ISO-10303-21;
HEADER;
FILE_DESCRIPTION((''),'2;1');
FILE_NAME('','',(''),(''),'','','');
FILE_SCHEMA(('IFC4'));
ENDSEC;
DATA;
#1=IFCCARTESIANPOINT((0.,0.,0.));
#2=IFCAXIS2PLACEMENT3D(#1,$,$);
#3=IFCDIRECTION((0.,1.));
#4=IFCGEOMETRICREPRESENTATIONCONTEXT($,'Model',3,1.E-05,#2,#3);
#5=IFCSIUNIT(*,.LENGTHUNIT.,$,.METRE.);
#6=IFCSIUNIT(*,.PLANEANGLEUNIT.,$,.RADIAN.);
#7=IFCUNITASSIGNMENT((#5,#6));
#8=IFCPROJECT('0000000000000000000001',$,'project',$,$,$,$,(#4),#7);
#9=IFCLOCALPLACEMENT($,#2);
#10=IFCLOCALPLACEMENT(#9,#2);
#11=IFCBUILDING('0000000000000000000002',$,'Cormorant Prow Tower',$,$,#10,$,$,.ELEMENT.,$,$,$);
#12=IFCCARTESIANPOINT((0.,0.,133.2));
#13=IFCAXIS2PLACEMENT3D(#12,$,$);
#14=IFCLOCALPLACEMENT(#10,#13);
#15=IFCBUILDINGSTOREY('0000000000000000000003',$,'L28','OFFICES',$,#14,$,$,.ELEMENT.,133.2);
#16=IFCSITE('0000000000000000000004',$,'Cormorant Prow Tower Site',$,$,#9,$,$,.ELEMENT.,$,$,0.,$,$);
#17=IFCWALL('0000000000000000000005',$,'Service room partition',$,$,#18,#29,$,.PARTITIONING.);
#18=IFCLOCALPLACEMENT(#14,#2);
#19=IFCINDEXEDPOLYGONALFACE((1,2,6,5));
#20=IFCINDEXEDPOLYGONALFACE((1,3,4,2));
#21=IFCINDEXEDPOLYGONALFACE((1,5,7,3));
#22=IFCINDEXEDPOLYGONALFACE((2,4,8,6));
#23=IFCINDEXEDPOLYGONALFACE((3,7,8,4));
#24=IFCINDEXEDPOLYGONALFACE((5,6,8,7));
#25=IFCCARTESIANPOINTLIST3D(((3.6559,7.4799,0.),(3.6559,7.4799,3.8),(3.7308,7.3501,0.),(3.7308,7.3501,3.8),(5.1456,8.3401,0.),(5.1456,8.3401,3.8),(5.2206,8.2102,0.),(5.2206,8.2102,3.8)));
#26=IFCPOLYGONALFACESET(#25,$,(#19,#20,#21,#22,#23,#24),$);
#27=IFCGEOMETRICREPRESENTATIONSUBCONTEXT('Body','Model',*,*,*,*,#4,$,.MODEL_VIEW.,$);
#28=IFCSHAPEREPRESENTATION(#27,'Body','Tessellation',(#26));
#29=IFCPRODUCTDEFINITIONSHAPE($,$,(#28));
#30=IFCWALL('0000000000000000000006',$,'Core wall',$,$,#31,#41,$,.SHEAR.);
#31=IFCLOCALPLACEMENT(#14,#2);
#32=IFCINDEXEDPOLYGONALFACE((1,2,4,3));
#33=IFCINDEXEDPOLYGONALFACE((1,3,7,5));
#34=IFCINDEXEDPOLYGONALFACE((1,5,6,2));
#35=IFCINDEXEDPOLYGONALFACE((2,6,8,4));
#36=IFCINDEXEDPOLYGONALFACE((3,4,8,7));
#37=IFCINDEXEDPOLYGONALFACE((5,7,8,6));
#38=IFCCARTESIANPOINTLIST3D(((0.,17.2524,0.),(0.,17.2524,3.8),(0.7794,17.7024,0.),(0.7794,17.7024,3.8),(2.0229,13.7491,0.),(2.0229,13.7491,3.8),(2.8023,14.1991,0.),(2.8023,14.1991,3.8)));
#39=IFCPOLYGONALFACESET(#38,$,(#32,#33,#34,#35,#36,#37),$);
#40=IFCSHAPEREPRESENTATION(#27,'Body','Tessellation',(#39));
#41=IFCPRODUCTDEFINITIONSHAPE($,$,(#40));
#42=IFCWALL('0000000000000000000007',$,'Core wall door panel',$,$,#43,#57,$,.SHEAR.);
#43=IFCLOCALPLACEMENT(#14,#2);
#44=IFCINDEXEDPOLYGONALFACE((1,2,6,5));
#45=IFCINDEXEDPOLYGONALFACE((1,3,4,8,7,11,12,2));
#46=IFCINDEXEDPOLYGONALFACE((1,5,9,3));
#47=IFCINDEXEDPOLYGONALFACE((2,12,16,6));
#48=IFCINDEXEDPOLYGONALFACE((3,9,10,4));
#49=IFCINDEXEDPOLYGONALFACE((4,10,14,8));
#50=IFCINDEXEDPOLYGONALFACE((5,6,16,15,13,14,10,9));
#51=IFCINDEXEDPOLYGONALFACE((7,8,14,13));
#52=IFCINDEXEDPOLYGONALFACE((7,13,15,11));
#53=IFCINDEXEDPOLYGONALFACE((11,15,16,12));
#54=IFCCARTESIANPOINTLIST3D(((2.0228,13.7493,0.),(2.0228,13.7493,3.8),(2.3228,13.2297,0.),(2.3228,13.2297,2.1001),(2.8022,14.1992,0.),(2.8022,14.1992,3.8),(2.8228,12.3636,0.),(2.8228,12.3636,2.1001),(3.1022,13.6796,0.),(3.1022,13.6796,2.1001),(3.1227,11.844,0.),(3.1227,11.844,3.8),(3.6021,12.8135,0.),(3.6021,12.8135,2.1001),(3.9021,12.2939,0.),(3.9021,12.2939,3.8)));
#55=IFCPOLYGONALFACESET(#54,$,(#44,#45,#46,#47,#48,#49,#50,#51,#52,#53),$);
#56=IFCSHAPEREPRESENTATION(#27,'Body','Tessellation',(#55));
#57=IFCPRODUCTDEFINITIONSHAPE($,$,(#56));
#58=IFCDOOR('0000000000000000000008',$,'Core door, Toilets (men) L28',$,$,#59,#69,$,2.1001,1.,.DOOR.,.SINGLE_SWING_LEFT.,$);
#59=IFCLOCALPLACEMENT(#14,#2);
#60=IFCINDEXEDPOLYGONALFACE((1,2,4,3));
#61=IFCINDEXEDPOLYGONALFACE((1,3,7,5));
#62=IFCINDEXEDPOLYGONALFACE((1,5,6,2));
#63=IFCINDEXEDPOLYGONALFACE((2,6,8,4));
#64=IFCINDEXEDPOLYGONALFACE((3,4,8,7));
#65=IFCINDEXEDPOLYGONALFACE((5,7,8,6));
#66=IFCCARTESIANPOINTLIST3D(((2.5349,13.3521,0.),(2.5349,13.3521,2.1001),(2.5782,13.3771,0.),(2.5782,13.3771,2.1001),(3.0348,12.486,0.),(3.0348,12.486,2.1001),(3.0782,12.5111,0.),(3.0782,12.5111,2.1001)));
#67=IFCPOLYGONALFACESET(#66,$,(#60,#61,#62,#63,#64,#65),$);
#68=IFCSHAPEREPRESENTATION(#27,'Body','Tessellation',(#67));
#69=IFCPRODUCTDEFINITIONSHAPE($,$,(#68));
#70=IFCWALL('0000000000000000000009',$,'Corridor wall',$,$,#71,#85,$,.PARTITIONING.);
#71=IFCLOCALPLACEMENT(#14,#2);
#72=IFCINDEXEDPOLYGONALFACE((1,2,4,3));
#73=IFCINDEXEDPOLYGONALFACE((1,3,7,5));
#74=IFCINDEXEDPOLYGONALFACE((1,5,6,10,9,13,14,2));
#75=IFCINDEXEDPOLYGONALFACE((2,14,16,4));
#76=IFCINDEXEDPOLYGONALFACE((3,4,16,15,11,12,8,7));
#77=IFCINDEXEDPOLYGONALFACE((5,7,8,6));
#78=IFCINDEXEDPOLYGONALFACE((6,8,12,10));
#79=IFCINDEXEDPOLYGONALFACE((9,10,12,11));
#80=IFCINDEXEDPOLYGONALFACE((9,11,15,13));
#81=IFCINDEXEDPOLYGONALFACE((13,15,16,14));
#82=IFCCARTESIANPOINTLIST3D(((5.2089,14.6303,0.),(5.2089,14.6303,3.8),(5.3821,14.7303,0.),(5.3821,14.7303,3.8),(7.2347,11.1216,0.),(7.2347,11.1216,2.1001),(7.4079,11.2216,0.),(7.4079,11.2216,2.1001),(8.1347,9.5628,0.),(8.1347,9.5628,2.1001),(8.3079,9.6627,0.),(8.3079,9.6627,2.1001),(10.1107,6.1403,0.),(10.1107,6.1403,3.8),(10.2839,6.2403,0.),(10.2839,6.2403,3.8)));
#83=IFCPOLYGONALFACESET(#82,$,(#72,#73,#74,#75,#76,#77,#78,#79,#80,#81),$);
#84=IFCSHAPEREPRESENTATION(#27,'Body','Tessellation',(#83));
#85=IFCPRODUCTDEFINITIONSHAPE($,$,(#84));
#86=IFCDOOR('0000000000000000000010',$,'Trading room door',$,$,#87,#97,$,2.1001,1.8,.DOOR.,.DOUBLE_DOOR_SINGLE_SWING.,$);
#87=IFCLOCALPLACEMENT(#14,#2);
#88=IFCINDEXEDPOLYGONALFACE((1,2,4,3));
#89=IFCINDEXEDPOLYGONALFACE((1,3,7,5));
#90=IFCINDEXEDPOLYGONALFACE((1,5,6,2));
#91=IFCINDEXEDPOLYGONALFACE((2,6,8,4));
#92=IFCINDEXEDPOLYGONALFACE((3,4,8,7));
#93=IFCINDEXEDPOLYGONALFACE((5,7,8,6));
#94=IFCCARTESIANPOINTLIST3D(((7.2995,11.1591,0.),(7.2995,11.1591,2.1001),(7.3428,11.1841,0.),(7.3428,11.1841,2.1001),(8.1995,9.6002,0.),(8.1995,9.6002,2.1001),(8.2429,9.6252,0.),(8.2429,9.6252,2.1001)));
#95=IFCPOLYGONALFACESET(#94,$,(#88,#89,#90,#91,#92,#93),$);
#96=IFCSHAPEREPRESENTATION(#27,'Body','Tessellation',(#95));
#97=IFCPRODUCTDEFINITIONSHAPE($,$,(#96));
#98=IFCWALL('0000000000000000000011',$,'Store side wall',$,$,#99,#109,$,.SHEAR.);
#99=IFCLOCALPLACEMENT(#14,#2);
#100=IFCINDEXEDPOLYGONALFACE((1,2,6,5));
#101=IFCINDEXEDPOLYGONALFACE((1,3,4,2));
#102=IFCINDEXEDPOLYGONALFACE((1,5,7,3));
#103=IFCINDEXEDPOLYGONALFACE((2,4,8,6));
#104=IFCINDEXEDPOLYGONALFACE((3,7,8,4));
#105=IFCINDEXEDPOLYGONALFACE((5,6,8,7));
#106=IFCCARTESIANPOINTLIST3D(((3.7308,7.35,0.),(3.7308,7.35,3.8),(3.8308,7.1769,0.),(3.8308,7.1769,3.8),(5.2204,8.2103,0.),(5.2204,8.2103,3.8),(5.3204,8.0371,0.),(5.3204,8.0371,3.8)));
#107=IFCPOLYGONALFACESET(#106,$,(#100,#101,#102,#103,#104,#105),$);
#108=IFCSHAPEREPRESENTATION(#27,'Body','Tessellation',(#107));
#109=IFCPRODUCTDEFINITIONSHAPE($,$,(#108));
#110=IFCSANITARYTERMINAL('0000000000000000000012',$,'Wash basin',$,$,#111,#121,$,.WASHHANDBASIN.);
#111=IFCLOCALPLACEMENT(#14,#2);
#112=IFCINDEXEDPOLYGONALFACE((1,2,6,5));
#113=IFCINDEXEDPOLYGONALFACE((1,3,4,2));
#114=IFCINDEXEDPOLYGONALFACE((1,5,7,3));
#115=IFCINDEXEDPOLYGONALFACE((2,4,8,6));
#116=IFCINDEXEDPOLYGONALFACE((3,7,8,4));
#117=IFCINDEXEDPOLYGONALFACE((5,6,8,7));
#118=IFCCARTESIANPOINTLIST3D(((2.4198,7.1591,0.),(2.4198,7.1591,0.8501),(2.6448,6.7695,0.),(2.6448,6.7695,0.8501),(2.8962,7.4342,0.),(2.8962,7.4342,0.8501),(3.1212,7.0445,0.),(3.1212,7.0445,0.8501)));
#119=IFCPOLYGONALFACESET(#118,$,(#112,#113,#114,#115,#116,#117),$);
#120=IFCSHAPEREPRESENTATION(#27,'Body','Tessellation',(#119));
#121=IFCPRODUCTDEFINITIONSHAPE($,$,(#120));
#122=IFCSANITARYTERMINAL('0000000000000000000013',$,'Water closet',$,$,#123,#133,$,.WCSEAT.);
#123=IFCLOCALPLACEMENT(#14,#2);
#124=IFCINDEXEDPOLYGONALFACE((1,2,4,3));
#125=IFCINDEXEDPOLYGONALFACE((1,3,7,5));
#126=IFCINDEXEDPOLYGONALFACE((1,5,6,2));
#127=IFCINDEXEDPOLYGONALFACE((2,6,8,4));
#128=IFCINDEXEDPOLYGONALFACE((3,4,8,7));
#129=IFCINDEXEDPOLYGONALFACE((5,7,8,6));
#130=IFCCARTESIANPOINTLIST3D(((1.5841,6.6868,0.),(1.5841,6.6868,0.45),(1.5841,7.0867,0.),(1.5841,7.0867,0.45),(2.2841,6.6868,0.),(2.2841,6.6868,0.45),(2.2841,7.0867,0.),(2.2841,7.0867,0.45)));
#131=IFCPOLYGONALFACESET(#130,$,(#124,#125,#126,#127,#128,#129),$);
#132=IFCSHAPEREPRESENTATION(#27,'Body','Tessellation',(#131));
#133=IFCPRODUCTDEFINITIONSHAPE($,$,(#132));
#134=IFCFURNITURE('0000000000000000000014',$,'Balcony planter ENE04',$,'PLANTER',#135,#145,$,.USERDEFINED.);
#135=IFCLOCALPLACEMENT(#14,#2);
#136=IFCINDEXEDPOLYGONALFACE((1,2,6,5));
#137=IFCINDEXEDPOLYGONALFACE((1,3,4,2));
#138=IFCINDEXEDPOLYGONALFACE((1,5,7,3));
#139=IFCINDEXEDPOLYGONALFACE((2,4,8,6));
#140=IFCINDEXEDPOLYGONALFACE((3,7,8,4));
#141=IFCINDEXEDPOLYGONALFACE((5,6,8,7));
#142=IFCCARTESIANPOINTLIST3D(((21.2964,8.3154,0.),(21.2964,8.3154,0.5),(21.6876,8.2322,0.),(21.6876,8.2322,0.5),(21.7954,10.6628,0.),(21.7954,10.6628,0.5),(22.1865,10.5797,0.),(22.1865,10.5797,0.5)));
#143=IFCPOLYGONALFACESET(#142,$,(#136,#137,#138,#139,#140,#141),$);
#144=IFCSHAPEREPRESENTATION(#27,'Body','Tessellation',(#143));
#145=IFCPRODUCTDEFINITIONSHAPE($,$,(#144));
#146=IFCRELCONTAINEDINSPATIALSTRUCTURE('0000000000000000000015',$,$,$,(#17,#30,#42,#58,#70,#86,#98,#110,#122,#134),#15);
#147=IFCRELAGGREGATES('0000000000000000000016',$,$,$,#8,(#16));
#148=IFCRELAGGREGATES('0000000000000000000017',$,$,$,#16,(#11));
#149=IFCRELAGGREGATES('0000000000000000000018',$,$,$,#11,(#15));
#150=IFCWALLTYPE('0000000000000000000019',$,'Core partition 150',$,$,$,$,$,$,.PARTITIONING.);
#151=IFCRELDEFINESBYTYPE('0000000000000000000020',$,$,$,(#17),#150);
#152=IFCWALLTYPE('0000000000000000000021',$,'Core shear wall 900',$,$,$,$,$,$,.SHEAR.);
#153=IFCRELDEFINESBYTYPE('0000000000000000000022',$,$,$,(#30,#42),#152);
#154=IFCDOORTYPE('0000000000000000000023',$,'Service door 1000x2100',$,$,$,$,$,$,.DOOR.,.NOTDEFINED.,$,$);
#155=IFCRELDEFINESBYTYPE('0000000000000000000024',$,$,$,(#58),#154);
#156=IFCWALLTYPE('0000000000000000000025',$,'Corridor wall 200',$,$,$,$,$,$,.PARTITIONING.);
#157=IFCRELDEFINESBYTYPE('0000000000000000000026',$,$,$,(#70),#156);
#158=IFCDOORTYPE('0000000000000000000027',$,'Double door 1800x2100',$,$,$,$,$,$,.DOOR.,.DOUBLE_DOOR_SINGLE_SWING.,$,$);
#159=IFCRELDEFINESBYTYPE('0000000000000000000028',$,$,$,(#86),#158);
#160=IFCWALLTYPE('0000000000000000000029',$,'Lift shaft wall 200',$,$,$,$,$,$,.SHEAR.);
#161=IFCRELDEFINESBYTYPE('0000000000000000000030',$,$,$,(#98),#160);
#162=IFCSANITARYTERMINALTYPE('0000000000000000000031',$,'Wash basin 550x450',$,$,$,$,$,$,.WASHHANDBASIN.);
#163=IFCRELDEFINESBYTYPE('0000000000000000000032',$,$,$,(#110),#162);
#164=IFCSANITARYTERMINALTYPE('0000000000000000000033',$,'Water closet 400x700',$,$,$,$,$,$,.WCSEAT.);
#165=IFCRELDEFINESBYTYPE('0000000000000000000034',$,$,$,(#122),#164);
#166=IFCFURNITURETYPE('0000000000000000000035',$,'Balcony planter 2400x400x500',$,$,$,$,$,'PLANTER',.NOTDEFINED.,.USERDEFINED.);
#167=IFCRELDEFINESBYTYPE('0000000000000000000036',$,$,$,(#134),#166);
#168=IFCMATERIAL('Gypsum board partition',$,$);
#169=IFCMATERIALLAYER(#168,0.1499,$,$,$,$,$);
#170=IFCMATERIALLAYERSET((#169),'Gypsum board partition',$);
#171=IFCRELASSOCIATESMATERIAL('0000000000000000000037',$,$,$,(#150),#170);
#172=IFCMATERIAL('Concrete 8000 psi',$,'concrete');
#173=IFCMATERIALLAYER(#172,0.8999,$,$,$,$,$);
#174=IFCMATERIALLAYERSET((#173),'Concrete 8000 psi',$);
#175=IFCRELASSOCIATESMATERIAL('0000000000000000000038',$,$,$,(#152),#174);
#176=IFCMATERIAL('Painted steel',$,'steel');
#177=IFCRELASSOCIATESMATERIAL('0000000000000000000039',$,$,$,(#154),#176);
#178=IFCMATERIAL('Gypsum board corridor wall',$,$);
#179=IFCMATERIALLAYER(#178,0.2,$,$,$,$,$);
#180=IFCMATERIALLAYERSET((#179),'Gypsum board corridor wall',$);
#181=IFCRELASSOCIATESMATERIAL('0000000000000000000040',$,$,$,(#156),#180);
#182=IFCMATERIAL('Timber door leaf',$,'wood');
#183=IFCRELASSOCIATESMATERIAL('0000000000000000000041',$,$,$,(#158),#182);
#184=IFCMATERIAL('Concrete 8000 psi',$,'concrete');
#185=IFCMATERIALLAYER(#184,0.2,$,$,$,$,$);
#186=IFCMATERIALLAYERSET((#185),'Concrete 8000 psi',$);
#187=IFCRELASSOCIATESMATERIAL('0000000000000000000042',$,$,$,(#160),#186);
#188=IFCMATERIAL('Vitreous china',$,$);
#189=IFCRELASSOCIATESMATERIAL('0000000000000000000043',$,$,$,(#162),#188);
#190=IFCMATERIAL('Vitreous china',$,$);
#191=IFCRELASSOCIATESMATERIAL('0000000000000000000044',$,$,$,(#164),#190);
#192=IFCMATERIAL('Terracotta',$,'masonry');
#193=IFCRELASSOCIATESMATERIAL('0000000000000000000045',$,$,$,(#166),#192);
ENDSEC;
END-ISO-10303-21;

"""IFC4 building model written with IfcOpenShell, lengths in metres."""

from ifc_helpers import new_model, si_unit, direction, frame, frame_2d, origin, origin_2d, place, context, subcontext, project, spatial, rectangle, extrude, material, layer, layer_set, type_object, element, fill, save


model = new_model("IFC4")

# Units and contexts
model_context = context("Model", 3, precision=1e-05, world=origin(), true_north=direction((0.0, 1.0)))
body_context = subcontext(model_context, "Body", "Model", "MODEL_VIEW")
ifc_project = project(units=[si_unit("LENGTHUNIT", "METRE"), si_unit("PLANEANGLEUNIT", "RADIAN")], contexts=[model_context])

# Site, building, storey
site_placement = place(None, origin())
site = spatial("IfcSite", under=ifc_project, at=site_placement, Name="Cormorant Prow Tower Site", CompositionType="ELEMENT", RefElevation=0.0)
building_placement = place(site_placement, origin())
building = spatial("IfcBuilding", under=site, at=building_placement, Name="Cormorant Prow Tower", CompositionType="ELEMENT")
storey_placement = place(building_placement, frame((0.0, 0.0, 133.2)))
storey = spatial("IfcBuildingStorey", under=building, at=storey_placement, Name="L28", Description="OFFICES", CompositionType="ELEMENT", Elevation=133.2)

# Walls
ifc_material_1 = material(Name="Gypsum board partition")
ifc_layer_1 = layer(ifc_material_1, 0.1499)
ifc_layer_set_1 = layer_set([ifc_layer_1], Name="Gypsum board partition")
wall_type_1 = type_object("IfcWallType", Name="Core partition 150", PredefinedType="PARTITIONING", material=ifc_layer_set_1)
wall_1_placement = place(storey_placement, frame((3.6934, 7.415, 0.0), z_axis=(0.0, 0.0, 1.0), x_axis=(0.866025, 0.500001, 0.0)))
element("IfcWall", 1, at=wall_1_placement, inside=storey, type_object=wall_type_1, Name="Service room partition", PredefinedType="PARTITIONING", context=body_context, shape_type="SweptSolid", body=[
    extrude(rectangle(XDim=1.7202, YDim=0.1499, at=frame_2d((0.8601, 0.0))), origin(), (0.0, 0.0, 1.0), 3.8),
])
ifc_material_2 = material(Name="Concrete 8000 psi", Category="concrete")
ifc_layer_2 = layer(ifc_material_2, 0.8999)
ifc_layer_set_2 = layer_set([ifc_layer_2], Name="Concrete 8000 psi")
wall_type_2 = type_object("IfcWallType", Name="Core shear wall 900", PredefinedType="SHEAR", material=ifc_layer_set_2)
wall_2_placement = place(storey_placement, frame((2.4126, 13.9741, 0.0), z_axis=(0.0, 0.0, 1.0), x_axis=(-0.500046, 0.865999, 0.0)))
element("IfcWall", 2, at=wall_2_placement, inside=storey, type_object=wall_type_2, Name="Core wall", PredefinedType="SHEAR", context=body_context, shape_type="SweptSolid", body=[
    extrude(rectangle(XDim=4.0454, YDim=0.8999, at=frame_2d((2.0227, 0.0))), origin(), (0.0, 0.0, 1.0), 3.8),
])

# Walls, openings, doors
wall_3_placement = place(storey_placement, frame((3.5125, 12.0688, 0.0), z_axis=(0.0, 0.0, 1.0), x_axis=(-0.499947, 0.866056, 0.0)))
wall_3 = element("IfcWall", 3, at=wall_3_placement, inside=storey, type_object=wall_type_2, Name="Core wall door panel", PredefinedType="SHEAR", context=body_context, shape_type="SweptSolid", body=[
    extrude(rectangle(XDim=2.2, YDim=0.8999, at=frame_2d((1.1001, 0.0))), origin(), (0.0, 0.0, 1.0), 3.8),
])
opening_1_placement = place(wall_3_placement, frame((0.6001, 0.0, 0.0)))
opening_1 = element("IfcOpeningElement", 4, at=opening_1_placement, cuts=wall_3, PredefinedType="OPENING", context=body_context, shape_type="SweptSolid", body=[
    extrude(rectangle(XDim=1.0, YDim=2.1001, at=frame_2d((0.5, 1.05))), frame((0.0, 0.46, 0.0), z_axis=(0.0, -1.0, 0.0), x_axis=(1.0, 0.0, 0.0)), (0.0, 0.0, 1.0), 0.9199),
])
ifc_material_3 = material(Name="Painted steel", Category="steel")
door_type_1 = type_object("IfcDoorType", Name="Service door 1000x2100", OperationType="NOTDEFINED", PredefinedType="DOOR", material=ifc_material_3)
door_1_placement = place(opening_1_placement, origin())
door_1 = element("IfcDoor", 5, at=door_1_placement, inside=storey, type_object=door_type_1, Name="Core door, Toilets (men) L28", OperationType="SINGLE_SWING_LEFT", OverallHeight=2.1001, OverallWidth=1.0, PredefinedType="DOOR", context=body_context, shape_type="SweptSolid", body=[
    extrude(rectangle(XDim=1.0, YDim=2.1001, at=frame_2d((0.5, 1.05))), frame((0.0, 0.2051, 0.0), z_axis=(0.0, -1.0, 0.0), x_axis=(1.0, 0.0, 0.0)), (0.0, 0.0, 1.0), 0.05),
])
fill(opening_1, door_1)
ifc_material_4 = material(Name="Gypsum board corridor wall")
ifc_layer_3 = layer(ifc_material_4, 0.2)
ifc_layer_set_3 = layer_set([ifc_layer_3], Name="Gypsum board corridor wall")
wall_type_3 = type_object("IfcWallType", Name="Corridor wall 200", PredefinedType="PARTITIONING", material=ifc_layer_set_3)
wall_4_placement = place(storey_placement, frame((5.2954, 14.6804, 0.0), z_axis=(0.0, 0.0, 1.0), x_axis=(0.500012, -0.866018, 0.0)))
wall_4 = element("IfcWall", 6, at=wall_4_placement, inside=storey, type_object=wall_type_3, Name="Corridor wall", PredefinedType="PARTITIONING", context=body_context, shape_type="SweptSolid", body=[
    extrude(rectangle(XDim=9.8035, YDim=0.2, at=frame_2d((4.9019, 0.0))), origin(), (0.0, 0.0, 1.0), 3.8),
])
opening_2_placement = place(wall_4_placement, frame((4.0518, 0.0, 0.0)))
opening_2 = element("IfcOpeningElement", 7, at=opening_2_placement, cuts=wall_4, PredefinedType="OPENING", context=body_context, shape_type="SweptSolid", body=[
    extrude(rectangle(XDim=1.8, YDim=2.1001, at=frame_2d((0.8999, 1.05))), frame((0.0, 0.1099, 0.0), z_axis=(0.0, -1.0, 0.0), x_axis=(1.0, 0.0, 0.0)), (0.0, 0.0, 1.0), 0.22),
])
ifc_material_5 = material(Name="Timber door leaf", Category="wood")
door_type_2 = type_object("IfcDoorType", Name="Double door 1800x2100", OperationType="DOUBLE_DOOR_SINGLE_SWING", PredefinedType="DOOR", material=ifc_material_5)
door_2_placement = place(opening_2_placement, origin())
door_2 = element("IfcDoor", 8, at=door_2_placement, inside=storey, type_object=door_type_2, Name="Trading room door", OperationType="DOUBLE_DOOR_SINGLE_SWING", OverallHeight=2.1001, OverallWidth=1.8, PredefinedType="DOOR", context=body_context, shape_type="SweptSolid", body=[
    extrude(rectangle(XDim=1.8, YDim=2.1001, at=frame_2d((0.8999, 1.05))), frame((0.0, 0.0249, 0.0), z_axis=(0.0, -1.0, 0.0), x_axis=(1.0, 0.0, 0.0)), (0.0, 0.0, 1.0), 0.05),
])
fill(opening_2, door_2)

# Wall
ifc_material_6 = material(Name="Concrete 8000 psi", Category="concrete")
ifc_layer_4 = layer(ifc_material_6, 0.2)
ifc_layer_set_4 = layer_set([ifc_layer_4], Name="Concrete 8000 psi")
wall_type_4 = type_object("IfcWallType", Name="Lift shaft wall 200", PredefinedType="SHEAR", material=ifc_layer_set_4)
wall_5_placement = place(storey_placement, frame((3.7808, 7.2634, 0.0), z_axis=(0.0, 0.0, 1.0), x_axis=(0.865963, 0.500107, 0.0)))
element("IfcWall", 9, at=wall_5_placement, inside=storey, type_object=wall_type_4, Name="Store side wall", PredefinedType="SHEAR", context=body_context, shape_type="SweptSolid", body=[
    extrude(rectangle(XDim=1.7202, YDim=0.2, at=frame_2d((0.8601, 0.0))), origin(), (0.0, 0.0, 1.0), 3.8),
])

# Sanitary terminals
ifc_material_7 = material(Name="Vitreous china")
sanitary_terminal_type_1 = type_object("IfcSanitaryTerminalType", Name="Wash basin 550x450", PredefinedType="WASHHANDBASIN", material=ifc_material_7)
sanitary_terminal_1_placement = place(storey_placement, frame((2.7705, 7.1018, 0.0), z_axis=(0.0, 0.0, 1.0), x_axis=(0.866034, 0.499985, 0.0)))
element("IfcSanitaryTerminal", 10, at=sanitary_terminal_1_placement, inside=storey, type_object=sanitary_terminal_type_1, Name="Wash basin", PredefinedType="WASHHANDBASIN", context=body_context, shape_type="SweptSolid", body=[
    extrude(rectangle(XDim=0.55, YDim=0.45, at=origin_2d()), origin(), (0.0, 0.0, 1.0), 0.8501),
])
ifc_material_8 = material(Name="Vitreous china")
sanitary_terminal_type_2 = type_object("IfcSanitaryTerminalType", Name="Water closet 400x700", PredefinedType="WCSEAT", material=ifc_material_8)
sanitary_terminal_2_placement = place(storey_placement, frame((1.9341, 6.8867, 0.0), z_axis=(0.0, 0.0, 1.0), x_axis=(0.0, -1.0, 0.0)))
element("IfcSanitaryTerminal", 11, at=sanitary_terminal_2_placement, inside=storey, type_object=sanitary_terminal_type_2, Name="Water closet", PredefinedType="WCSEAT", context=body_context, shape_type="SweptSolid", body=[
    extrude(rectangle(XDim=0.3999, YDim=0.7, at=origin_2d()), origin(), (0.0, 0.0, 1.0), 0.45),
])

# Furniture
ifc_material_9 = material(Name="Terracotta", Category="masonry")
furniture_type = type_object("IfcFurnitureType", Name="Balcony planter 2400x400x500", ElementType="PLANTER", AssemblyPlace="NOTDEFINED", PredefinedType="USERDEFINED", material=ifc_material_9)
furniture_placement = place(storey_placement, frame((21.7415, 9.4475, 0.0), z_axis=(0.0, 0.0, 1.0), x_axis=(0.207912, 0.978148, 0.0)))
element("IfcFurniture", 12, at=furniture_placement, inside=storey, type_object=furniture_type, Name="Balcony planter ENE04", ObjectType="PLANTER", PredefinedType="USERDEFINED", context=body_context, shape_type="SweptSolid", body=[
    extrude(rectangle(XDim=2.3999, YDim=0.3999, at=origin_2d()), origin(), (0.0, 0.0, 1.0), 0.5),
])

save(model, "model.ifc")
